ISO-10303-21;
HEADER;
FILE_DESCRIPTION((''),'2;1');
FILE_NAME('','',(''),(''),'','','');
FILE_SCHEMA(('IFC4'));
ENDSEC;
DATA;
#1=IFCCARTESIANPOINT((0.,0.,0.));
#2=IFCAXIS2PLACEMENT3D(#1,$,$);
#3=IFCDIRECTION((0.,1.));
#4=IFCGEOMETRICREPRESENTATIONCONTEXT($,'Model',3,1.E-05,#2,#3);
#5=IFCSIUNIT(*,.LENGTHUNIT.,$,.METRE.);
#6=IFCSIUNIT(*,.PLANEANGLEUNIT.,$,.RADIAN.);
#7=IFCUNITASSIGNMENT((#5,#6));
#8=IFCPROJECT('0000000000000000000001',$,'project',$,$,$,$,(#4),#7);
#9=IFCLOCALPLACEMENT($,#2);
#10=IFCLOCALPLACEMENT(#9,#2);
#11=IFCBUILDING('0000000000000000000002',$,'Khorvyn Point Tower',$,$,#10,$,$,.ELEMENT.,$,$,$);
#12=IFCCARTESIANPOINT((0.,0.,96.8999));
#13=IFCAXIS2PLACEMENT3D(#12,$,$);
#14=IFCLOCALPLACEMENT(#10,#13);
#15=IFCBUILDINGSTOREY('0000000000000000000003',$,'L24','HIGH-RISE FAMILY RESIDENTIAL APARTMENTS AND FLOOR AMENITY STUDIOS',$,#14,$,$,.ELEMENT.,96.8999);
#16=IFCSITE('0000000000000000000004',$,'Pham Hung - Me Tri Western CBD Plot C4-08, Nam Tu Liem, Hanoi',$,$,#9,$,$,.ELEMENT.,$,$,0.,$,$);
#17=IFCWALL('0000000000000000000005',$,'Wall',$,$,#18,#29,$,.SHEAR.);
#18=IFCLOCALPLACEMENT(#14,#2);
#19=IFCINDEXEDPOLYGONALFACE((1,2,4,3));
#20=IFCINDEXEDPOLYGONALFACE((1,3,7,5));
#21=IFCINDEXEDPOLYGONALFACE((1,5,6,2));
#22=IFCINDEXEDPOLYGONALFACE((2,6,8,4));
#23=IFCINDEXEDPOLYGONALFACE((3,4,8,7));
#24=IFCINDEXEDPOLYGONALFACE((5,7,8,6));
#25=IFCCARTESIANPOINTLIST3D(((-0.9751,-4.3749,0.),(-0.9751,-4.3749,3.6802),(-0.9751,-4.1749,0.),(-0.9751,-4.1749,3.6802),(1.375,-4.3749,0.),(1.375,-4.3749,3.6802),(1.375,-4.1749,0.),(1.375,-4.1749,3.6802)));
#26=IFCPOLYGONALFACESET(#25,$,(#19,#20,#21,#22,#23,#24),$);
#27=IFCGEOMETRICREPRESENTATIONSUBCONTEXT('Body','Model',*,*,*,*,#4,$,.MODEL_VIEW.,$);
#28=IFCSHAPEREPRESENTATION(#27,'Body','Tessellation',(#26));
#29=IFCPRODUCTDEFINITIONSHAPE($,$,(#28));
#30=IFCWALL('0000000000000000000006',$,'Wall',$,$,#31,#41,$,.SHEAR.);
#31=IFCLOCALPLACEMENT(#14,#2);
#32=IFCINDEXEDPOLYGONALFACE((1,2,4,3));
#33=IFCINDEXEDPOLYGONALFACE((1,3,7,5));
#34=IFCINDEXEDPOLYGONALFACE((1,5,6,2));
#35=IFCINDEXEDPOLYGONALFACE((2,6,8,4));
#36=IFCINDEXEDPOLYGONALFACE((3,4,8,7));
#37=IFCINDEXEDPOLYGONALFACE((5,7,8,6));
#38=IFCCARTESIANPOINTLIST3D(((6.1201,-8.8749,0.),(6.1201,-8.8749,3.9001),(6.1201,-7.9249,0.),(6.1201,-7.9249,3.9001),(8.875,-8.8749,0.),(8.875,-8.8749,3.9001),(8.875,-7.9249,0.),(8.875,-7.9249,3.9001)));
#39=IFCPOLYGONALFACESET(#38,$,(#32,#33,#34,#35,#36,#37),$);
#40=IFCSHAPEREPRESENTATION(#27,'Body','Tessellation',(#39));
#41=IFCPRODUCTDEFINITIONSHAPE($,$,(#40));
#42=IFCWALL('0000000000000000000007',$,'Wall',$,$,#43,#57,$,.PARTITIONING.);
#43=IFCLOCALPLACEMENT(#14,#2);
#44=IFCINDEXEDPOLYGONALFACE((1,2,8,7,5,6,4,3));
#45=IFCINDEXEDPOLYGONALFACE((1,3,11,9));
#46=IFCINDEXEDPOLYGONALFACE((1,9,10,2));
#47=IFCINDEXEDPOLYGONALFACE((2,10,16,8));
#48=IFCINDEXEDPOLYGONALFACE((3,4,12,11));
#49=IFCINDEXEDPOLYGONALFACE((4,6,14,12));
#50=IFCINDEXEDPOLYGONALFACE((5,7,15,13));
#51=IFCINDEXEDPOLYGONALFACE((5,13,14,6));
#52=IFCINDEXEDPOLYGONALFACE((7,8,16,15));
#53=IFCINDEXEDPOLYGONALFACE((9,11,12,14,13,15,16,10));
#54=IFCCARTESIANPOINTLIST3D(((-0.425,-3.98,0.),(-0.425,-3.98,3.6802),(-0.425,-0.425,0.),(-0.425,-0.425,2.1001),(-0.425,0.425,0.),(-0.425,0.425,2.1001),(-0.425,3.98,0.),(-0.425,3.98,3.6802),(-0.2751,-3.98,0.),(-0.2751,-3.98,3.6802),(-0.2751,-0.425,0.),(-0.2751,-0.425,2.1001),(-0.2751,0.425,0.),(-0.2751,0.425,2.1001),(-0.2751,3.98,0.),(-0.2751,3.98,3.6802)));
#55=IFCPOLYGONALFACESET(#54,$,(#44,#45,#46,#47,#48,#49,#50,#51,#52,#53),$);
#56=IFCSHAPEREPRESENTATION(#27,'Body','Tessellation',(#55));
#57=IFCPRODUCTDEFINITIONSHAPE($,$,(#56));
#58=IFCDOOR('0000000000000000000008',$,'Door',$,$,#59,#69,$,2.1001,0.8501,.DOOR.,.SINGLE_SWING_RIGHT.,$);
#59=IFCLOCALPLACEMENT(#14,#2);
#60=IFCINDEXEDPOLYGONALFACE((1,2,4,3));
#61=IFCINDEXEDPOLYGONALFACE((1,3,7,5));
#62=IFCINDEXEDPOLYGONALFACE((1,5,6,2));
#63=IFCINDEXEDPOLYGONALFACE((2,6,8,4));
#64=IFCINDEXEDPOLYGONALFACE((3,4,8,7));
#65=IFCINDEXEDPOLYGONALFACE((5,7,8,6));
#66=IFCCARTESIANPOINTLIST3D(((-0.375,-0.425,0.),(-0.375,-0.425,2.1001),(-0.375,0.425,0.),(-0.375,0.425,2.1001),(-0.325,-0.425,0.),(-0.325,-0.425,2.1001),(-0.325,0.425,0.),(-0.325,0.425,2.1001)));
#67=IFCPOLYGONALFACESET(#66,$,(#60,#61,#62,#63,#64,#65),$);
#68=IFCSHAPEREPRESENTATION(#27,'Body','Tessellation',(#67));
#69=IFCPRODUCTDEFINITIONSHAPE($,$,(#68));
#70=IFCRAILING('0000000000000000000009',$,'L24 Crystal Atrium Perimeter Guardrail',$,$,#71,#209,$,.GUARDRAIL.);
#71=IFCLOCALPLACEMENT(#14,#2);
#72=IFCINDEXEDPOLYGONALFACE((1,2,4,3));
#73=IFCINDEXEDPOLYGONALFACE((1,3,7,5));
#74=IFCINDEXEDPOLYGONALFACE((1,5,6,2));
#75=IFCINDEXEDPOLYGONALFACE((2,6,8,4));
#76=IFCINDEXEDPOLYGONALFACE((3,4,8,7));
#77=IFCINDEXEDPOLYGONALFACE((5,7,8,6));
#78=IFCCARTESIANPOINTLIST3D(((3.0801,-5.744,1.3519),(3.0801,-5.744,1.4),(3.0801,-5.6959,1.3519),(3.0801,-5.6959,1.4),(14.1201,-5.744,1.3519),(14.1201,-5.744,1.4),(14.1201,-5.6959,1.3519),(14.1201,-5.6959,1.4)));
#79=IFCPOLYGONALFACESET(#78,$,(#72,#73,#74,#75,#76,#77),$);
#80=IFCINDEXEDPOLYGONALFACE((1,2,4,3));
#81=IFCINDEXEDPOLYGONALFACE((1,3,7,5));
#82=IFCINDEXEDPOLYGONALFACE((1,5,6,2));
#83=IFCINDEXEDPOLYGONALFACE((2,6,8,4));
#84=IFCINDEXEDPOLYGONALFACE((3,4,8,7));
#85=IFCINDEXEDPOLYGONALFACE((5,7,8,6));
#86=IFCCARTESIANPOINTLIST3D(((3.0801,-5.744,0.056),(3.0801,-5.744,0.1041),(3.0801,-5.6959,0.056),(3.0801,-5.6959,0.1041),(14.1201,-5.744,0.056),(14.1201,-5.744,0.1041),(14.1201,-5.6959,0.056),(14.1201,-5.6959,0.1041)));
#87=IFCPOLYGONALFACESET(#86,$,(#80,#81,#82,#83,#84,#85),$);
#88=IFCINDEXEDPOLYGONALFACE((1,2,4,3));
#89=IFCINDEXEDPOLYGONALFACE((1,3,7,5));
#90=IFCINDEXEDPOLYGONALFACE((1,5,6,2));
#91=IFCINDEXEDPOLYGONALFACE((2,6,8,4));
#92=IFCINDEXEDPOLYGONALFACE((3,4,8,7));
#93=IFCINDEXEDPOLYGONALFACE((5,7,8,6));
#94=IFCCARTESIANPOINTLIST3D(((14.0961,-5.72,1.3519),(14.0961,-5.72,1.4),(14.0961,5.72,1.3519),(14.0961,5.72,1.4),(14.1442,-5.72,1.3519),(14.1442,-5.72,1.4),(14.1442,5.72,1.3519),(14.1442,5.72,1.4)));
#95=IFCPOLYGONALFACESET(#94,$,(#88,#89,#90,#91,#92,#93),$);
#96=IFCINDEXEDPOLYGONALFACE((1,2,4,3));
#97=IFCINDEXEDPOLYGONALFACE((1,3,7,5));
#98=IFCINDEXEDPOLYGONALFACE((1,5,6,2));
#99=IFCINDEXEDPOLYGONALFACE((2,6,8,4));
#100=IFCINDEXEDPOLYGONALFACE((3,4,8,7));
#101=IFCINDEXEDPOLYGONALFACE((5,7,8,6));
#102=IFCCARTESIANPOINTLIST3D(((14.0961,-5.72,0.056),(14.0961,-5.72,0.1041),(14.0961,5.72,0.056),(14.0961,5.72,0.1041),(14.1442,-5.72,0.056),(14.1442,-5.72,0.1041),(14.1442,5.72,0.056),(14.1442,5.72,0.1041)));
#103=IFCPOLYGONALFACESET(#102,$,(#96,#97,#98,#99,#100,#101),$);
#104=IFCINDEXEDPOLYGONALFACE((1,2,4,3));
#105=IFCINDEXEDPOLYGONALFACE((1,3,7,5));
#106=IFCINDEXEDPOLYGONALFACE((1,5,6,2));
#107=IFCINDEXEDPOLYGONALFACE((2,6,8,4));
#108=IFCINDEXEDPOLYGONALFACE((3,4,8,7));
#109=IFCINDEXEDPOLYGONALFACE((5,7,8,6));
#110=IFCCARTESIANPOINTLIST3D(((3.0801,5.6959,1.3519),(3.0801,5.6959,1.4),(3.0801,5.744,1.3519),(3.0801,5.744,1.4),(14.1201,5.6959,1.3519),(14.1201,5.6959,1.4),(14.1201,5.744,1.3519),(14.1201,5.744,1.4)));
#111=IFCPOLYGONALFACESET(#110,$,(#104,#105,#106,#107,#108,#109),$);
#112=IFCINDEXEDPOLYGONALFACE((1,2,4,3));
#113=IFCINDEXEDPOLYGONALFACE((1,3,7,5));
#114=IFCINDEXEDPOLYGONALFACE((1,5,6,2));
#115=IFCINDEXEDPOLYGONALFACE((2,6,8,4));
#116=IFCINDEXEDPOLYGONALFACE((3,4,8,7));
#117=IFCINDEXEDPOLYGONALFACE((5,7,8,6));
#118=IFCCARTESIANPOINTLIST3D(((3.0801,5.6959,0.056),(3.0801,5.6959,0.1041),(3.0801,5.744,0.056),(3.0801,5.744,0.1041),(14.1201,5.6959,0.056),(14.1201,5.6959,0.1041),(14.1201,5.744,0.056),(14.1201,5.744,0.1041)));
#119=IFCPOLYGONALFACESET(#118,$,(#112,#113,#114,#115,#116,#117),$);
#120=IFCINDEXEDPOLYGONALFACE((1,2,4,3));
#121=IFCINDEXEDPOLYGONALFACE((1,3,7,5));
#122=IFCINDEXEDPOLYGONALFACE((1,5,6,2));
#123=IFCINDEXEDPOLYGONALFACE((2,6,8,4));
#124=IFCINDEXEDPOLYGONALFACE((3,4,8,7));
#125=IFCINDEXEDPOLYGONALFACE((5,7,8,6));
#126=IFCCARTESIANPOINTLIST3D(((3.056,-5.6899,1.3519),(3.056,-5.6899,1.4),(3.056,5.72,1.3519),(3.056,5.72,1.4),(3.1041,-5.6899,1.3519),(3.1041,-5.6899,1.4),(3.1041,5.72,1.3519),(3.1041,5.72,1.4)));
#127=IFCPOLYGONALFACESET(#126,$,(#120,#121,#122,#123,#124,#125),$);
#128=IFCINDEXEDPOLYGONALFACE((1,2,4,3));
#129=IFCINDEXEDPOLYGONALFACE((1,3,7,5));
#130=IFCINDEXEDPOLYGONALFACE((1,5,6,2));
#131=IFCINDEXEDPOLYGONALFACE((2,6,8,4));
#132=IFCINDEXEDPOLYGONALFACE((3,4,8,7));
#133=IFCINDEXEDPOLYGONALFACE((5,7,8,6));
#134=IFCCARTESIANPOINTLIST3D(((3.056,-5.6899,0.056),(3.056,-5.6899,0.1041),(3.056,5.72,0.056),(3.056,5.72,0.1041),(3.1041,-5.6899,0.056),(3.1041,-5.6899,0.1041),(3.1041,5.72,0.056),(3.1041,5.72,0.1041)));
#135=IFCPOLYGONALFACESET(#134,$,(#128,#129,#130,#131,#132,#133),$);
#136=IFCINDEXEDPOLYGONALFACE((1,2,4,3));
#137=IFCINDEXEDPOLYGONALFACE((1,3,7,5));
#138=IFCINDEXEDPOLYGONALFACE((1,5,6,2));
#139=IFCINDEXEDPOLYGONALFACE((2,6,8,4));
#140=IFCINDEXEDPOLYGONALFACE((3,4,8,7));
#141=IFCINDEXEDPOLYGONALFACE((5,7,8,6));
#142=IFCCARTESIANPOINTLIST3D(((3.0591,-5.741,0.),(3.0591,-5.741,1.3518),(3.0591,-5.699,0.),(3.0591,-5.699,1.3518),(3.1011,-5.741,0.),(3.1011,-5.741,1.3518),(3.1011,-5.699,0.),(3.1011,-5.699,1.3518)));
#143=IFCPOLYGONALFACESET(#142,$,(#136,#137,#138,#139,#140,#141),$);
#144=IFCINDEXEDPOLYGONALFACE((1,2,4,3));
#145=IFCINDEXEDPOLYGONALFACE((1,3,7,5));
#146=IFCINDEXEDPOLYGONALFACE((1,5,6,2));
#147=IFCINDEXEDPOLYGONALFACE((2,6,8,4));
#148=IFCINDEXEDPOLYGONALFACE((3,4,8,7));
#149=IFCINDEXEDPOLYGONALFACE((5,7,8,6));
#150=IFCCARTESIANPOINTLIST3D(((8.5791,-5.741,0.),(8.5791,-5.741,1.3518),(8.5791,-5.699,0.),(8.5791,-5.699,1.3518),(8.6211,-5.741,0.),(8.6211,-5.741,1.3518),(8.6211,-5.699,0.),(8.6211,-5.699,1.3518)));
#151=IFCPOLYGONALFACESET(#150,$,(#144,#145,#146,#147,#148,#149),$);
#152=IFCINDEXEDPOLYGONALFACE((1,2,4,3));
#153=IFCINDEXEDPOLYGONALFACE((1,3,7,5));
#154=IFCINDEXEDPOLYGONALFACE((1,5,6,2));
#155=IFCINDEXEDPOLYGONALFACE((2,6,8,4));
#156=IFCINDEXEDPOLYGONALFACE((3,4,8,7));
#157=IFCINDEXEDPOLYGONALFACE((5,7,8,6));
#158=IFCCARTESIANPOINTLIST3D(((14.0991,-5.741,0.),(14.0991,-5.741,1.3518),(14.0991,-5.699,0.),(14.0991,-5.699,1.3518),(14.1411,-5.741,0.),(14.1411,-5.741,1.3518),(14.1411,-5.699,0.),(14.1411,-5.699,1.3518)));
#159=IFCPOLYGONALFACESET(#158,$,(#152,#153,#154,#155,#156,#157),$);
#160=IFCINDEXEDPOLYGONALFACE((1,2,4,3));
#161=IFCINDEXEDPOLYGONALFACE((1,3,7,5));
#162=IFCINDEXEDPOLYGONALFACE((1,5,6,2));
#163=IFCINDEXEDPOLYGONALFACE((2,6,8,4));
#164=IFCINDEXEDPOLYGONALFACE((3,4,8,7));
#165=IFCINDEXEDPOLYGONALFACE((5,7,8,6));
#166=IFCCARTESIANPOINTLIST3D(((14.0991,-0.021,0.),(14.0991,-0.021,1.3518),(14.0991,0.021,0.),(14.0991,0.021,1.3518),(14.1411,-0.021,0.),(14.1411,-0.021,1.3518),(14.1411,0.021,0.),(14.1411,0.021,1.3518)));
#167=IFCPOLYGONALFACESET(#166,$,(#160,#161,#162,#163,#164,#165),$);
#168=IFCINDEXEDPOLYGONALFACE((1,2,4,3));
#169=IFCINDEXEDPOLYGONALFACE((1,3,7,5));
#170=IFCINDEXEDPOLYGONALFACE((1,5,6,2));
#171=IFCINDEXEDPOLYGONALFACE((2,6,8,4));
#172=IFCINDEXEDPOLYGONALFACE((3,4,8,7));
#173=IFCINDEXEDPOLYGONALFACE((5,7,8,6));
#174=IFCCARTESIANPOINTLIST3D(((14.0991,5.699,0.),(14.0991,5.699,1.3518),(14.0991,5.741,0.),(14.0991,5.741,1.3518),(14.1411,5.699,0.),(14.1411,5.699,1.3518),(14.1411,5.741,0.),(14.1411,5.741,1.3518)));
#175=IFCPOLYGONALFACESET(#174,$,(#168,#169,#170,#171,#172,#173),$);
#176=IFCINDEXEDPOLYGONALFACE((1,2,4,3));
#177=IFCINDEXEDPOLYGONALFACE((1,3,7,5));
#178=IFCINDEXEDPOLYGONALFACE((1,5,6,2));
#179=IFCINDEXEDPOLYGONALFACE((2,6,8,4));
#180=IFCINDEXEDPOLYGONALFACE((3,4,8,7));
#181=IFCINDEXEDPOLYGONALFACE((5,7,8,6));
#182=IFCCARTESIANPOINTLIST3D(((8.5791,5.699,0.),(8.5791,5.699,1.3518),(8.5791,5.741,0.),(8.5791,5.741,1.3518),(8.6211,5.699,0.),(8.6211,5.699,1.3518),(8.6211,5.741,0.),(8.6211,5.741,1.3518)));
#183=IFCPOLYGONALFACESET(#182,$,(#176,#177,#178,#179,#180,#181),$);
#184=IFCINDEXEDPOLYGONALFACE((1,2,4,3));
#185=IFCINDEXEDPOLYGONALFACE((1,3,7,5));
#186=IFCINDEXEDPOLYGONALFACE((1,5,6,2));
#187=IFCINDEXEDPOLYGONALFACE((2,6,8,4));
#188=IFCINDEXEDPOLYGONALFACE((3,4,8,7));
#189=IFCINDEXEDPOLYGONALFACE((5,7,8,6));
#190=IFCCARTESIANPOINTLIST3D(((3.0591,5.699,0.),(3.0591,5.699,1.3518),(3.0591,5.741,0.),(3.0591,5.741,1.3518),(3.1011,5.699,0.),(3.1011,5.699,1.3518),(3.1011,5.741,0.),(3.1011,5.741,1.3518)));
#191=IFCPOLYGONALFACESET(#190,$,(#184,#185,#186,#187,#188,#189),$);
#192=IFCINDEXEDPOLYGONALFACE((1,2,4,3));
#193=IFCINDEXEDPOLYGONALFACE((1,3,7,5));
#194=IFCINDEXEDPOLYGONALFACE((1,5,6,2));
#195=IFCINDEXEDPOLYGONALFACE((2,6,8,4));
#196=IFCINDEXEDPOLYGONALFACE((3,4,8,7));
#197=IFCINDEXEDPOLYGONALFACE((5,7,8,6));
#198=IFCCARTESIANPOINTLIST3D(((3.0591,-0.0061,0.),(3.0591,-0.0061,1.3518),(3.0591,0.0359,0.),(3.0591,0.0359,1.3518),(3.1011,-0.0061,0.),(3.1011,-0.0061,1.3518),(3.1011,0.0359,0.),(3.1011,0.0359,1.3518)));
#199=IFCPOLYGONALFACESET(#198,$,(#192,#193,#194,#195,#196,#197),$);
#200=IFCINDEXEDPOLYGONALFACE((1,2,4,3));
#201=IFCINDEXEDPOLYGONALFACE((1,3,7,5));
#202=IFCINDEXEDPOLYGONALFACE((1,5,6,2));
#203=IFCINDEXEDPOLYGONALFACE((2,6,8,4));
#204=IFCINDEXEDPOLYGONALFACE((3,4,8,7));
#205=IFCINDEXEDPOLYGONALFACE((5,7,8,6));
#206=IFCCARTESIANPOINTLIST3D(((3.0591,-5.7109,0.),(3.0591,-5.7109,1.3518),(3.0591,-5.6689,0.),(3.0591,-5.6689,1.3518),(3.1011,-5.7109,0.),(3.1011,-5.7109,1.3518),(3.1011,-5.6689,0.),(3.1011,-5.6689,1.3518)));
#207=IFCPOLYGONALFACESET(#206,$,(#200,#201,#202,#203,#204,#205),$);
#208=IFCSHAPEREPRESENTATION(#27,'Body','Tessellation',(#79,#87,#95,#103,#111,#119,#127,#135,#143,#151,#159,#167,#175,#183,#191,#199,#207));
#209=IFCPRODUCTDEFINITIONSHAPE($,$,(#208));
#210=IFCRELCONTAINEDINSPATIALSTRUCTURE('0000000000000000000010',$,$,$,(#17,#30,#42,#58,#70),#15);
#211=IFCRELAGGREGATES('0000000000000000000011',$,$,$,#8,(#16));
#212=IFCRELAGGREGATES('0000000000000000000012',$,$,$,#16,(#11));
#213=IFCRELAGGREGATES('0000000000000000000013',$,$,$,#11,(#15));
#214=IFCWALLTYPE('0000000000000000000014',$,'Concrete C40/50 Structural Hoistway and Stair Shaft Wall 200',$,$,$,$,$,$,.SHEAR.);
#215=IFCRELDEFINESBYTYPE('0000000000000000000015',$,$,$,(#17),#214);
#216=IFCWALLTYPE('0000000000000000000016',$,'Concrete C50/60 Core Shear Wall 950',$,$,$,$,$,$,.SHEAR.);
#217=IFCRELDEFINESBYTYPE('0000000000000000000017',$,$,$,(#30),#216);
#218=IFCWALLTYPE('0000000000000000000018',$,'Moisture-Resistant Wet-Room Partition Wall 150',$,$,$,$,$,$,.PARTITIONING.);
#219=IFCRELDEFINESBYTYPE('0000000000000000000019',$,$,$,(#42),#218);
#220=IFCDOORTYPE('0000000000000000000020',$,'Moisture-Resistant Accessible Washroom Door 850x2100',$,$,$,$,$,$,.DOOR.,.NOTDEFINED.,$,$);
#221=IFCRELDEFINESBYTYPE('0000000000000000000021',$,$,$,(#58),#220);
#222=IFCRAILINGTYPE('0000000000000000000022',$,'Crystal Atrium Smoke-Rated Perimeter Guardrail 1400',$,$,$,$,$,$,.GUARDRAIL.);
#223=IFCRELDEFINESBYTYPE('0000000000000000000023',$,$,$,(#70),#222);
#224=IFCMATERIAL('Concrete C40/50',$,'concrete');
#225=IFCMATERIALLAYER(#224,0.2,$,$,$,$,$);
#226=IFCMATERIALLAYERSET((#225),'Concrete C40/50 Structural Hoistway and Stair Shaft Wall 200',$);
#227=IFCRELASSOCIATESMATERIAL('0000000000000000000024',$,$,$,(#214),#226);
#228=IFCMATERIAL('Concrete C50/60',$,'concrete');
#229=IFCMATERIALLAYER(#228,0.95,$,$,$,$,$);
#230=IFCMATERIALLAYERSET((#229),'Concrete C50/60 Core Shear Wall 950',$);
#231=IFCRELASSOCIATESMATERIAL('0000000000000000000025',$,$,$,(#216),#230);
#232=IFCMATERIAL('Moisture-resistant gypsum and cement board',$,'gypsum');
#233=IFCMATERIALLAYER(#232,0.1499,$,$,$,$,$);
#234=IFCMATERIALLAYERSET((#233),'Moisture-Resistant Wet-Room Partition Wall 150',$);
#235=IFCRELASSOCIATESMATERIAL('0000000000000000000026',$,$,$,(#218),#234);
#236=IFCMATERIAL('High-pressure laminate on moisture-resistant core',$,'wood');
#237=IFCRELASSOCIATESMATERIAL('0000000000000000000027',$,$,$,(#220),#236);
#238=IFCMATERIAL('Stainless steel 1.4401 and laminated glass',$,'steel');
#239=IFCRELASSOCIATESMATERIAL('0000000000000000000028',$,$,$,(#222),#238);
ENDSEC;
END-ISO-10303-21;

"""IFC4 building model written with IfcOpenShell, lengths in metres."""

from ifc_helpers import new_model, si_unit, direction, frame, frame_2d, origin, origin_2d, place, context, subcontext, project, spatial, rectangle, extrude, material, layer, layer_set, type_object, element, fill, save


model = new_model("IFC4")

# Units and contexts
model_context = context("Model", 3, precision=1e-05, world=origin(), true_north=direction((0.0, 1.0)))
body_context = subcontext(model_context, "Body", "Model", "MODEL_VIEW")
ifc_project = project(units=[si_unit("LENGTHUNIT", "METRE"), si_unit("PLANEANGLEUNIT", "RADIAN")], contexts=[model_context])

# Site, building, storey
site_placement = place(None, origin())
site = spatial("IfcSite", under=ifc_project, at=site_placement, Name="Pham Hung - Me Tri Western CBD Plot C4-08, Nam Tu Liem, Hanoi", CompositionType="ELEMENT", RefElevation=0.0)
building_placement = place(site_placement, origin())
building = spatial("IfcBuilding", under=site, at=building_placement, Name="Khorvyn Point Tower", CompositionType="ELEMENT")
storey_placement = place(building_placement, frame((0.0, 0.0, 96.8999)))
storey = spatial("IfcBuildingStorey", under=building, at=storey_placement, Name="L24", Description="HIGH-RISE FAMILY RESIDENTIAL APARTMENTS AND FLOOR AMENITY STUDIOS", CompositionType="ELEMENT", Elevation=96.8999)

# Shared definitions
ifc_material_1 = material(Name="Concrete C40/50", Category="concrete")

# Shared definitions
ifc_material_2 = material(Name="Concrete C50/60", Category="concrete")

# Shared definitions
ifc_layer_1 = layer(ifc_material_1, 0.2)
ifc_layer_set_1 = layer_set([ifc_layer_1], Name="Concrete C40/50 Structural Hoistway and Stair Shaft Wall 200")
wall_type_1 = type_object("IfcWallType", Name="Concrete C40/50 Structural Hoistway and Stair Shaft Wall 200", PredefinedType="SHEAR", material=ifc_layer_set_1)

# Walls
for number, where, z_axis, x_axis, name in (
    (1, (-0.9751, -4.2749, 0.0), (0.0, 0.0, 1.0), (1.0, 0.0, 0.0), "Wall"),
):
    element("IfcWall", number, at=place(storey_placement, frame(where, z_axis=z_axis, x_axis=x_axis)), inside=storey, type_object=wall_type_1, Name=name, PredefinedType="SHEAR", context=body_context, shape_type="SweptSolid", body=[
        extrude(rectangle(XDim=2.3501, YDim=0.2, at=frame_2d((1.175, 0.0))), origin(), (0.0, 0.0, 1.0), 3.6802),
    ])
ifc_layer_2 = layer(ifc_material_2, 0.95)
ifc_layer_set_2 = layer_set([ifc_layer_2], Name="Concrete C50/60 Core Shear Wall 950")
wall_type_2 = type_object("IfcWallType", Name="Concrete C50/60 Core Shear Wall 950", PredefinedType="SHEAR", material=ifc_layer_set_2)
wall_1_placement = place(storey_placement, frame((6.1201, -8.3999, 0.0), z_axis=(0.0, 0.0, 1.0), x_axis=(1.0, 0.0, 0.0)))
element("IfcWall", 2, at=wall_1_placement, inside=storey, type_object=wall_type_2, Name="Wall", PredefinedType="SHEAR", context=body_context, shape_type="SweptSolid", body=[
    extrude(rectangle(XDim=2.7549, YDim=0.95, at=frame_2d((1.3774, 0.0))), origin(), (0.0, 0.0, 1.0), 3.9001),
])

# Wall, opening, door
ifc_material_3 = material(Name="Moisture-resistant gypsum and cement board", Category="gypsum")
ifc_layer_3 = layer(ifc_material_3, 0.1499)
ifc_layer_set_3 = layer_set([ifc_layer_3], Name="Moisture-Resistant Wet-Room Partition Wall 150")
wall_type_3 = type_object("IfcWallType", Name="Moisture-Resistant Wet-Room Partition Wall 150", PredefinedType="PARTITIONING", material=ifc_layer_set_3)
wall_2_placement = place(storey_placement, frame((-0.3501, -3.98, 0.0), z_axis=(0.0, 0.0, 1.0), x_axis=(0.0, 1.0, 0.0)))
wall_2 = element("IfcWall", 3, at=wall_2_placement, inside=storey, type_object=wall_type_3, Name="Wall", PredefinedType="PARTITIONING", context=body_context, shape_type="SweptSolid", body=[
    extrude(rectangle(XDim=7.96, YDim=0.1499, at=frame_2d((3.98, 0.0))), origin(), (0.0, 0.0, 1.0), 3.6802),
])
opening_1_placement = place(wall_2_placement, frame((3.5549, 0.0, 0.0)))
opening_1 = element("IfcOpeningElement", 4, at=opening_1_placement, cuts=wall_2, PredefinedType="OPENING", context=body_context, shape_type="SweptSolid", body=[
    extrude(rectangle(XDim=0.8501, YDim=2.1001, at=frame_2d((0.425, 1.05))), frame((0.0, 0.085, 0.0), z_axis=(0.0, -1.0, 0.0), x_axis=(1.0, 0.0, 0.0)), (0.0, 0.0, 1.0), 0.1699),
])
ifc_material_4 = material(Name="High-pressure laminate on moisture-resistant core", Category="wood")
door_type_1 = type_object("IfcDoorType", Name="Moisture-Resistant Accessible Washroom Door 850x2100", OperationType="NOTDEFINED", PredefinedType="DOOR", material=ifc_material_4)
door_1_placement = place(opening_1_placement, origin())
door_1 = element("IfcDoor", 5, at=door_1_placement, inside=storey, type_object=door_type_1, Name="Door", OperationType="SINGLE_SWING_RIGHT", OverallHeight=2.1001, OverallWidth=0.8501, PredefinedType="DOOR", context=body_context, shape_type="SweptSolid", body=[
    extrude(rectangle(XDim=0.8501, YDim=2.1001, at=frame_2d((0.425, 1.05))), frame((0.0, 0.0249, 0.0), z_axis=(0.0, -1.0, 0.0), x_axis=(1.0, 0.0, 0.0)), (0.0, 0.0, 1.0), 0.05),
])
fill(opening_1, door_1)

# Railing
ifc_material_5 = material(Name="Stainless steel 1.4401 and laminated glass", Category="steel")
railing_type_1 = type_object("IfcRailingType", Name="Crystal Atrium Smoke-Rated Perimeter Guardrail 1400", PredefinedType="GUARDRAIL", material=ifc_material_5)
railing_1_placement = place(storey_placement, frame((3.0801, -5.72, 0.0)))
element("IfcRailing", 6, at=railing_1_placement, inside=storey, type_object=railing_type_1, Name="L24 Crystal Atrium Perimeter Guardrail", PredefinedType="GUARDRAIL", context=body_context, shape_type="SweptSolid", body=[
    extrude(rectangle(XDim=0.0481, YDim=0.0481, at=origin_2d()), frame((0.0, 0.0, 1.376), z_axis=(1.0, 0.0, 0.0), x_axis=(0.0, 1.0, 0.0)), (0.0, 0.0, 1.0), 11.04),
    extrude(rectangle(XDim=0.0481, YDim=0.0481, at=origin_2d()), frame((0.0, 0.0, 0.0801), z_axis=(1.0, 0.0, 0.0), x_axis=(0.0, 1.0, 0.0)), (0.0, 0.0, 1.0), 11.04),
    extrude(rectangle(XDim=0.0481, YDim=0.0481, at=origin_2d()), frame((11.04, 0.0, 1.376), z_axis=(0.0, 1.0, 0.0), x_axis=(-1.0, 0.0, 0.0)), (0.0, 0.0, 1.0), 11.4399),
    extrude(rectangle(XDim=0.0481, YDim=0.0481, at=origin_2d()), frame((11.04, 0.0, 0.0801), z_axis=(0.0, 1.0, 0.0), x_axis=(-1.0, 0.0, 0.0)), (0.0, 0.0, 1.0), 11.4399),
    extrude(rectangle(XDim=0.0481, YDim=0.0481, at=origin_2d()), frame((11.04, 11.4399, 1.376), z_axis=(-1.0, 0.0, 0.0), x_axis=(0.0, -1.0, 0.0)), (0.0, 0.0, 1.0), 11.04),
    extrude(rectangle(XDim=0.0481, YDim=0.0481, at=origin_2d()), frame((11.04, 11.4399, 0.0801), z_axis=(-1.0, 0.0, 0.0), x_axis=(0.0, -1.0, 0.0)), (0.0, 0.0, 1.0), 11.04),
    extrude(rectangle(XDim=0.0481, YDim=0.0481, at=origin_2d()), frame((0.0, 11.4399, 1.376), z_axis=(0.0, -1.0, 0.0), x_axis=(1.0, 0.0, 0.0)), (0.0, 0.0, 1.0), 11.4099),
    extrude(rectangle(XDim=0.0481, YDim=0.0481, at=origin_2d()), frame((0.0, 11.4399, 0.0801), z_axis=(0.0, -1.0, 0.0), x_axis=(1.0, 0.0, 0.0)), (0.0, 0.0, 1.0), 11.4099),
    extrude(rectangle(XDim=0.042, YDim=0.042, at=origin_2d()), origin(), (0.0, 0.0, 1.0), 1.3518),
    extrude(rectangle(XDim=0.042, YDim=0.042, at=origin_2d()), frame((5.52, 0.0, 0.0)), (0.0, 0.0, 1.0), 1.3518),
    extrude(rectangle(XDim=0.042, YDim=0.042, at=origin_2d()), frame((11.04, 0.0, 0.0)), (0.0, 0.0, 1.0), 1.3518),
    extrude(rectangle(XDim=0.042, YDim=0.042, at=origin_2d()), frame((11.04, 5.72, 0.0)), (0.0, 0.0, 1.0), 1.3518),
    extrude(rectangle(XDim=0.042, YDim=0.042, at=origin_2d()), frame((11.04, 11.4399, 0.0)), (0.0, 0.0, 1.0), 1.3518),
    extrude(rectangle(XDim=0.042, YDim=0.042, at=origin_2d()), frame((5.52, 11.4399, 0.0)), (0.0, 0.0, 1.0), 1.3518),
    extrude(rectangle(XDim=0.042, YDim=0.042, at=origin_2d()), frame((0.0, 11.4399, 0.0)), (0.0, 0.0, 1.0), 1.3518),
    extrude(rectangle(XDim=0.042, YDim=0.042, at=origin_2d()), frame((0.0, 5.7349, 0.0)), (0.0, 0.0, 1.0), 1.3518),
    extrude(rectangle(XDim=0.042, YDim=0.042, at=origin_2d()), frame((0.0, 0.03, 0.0)), (0.0, 0.0, 1.0), 1.3518),
])

save(model, "model.ifc")
